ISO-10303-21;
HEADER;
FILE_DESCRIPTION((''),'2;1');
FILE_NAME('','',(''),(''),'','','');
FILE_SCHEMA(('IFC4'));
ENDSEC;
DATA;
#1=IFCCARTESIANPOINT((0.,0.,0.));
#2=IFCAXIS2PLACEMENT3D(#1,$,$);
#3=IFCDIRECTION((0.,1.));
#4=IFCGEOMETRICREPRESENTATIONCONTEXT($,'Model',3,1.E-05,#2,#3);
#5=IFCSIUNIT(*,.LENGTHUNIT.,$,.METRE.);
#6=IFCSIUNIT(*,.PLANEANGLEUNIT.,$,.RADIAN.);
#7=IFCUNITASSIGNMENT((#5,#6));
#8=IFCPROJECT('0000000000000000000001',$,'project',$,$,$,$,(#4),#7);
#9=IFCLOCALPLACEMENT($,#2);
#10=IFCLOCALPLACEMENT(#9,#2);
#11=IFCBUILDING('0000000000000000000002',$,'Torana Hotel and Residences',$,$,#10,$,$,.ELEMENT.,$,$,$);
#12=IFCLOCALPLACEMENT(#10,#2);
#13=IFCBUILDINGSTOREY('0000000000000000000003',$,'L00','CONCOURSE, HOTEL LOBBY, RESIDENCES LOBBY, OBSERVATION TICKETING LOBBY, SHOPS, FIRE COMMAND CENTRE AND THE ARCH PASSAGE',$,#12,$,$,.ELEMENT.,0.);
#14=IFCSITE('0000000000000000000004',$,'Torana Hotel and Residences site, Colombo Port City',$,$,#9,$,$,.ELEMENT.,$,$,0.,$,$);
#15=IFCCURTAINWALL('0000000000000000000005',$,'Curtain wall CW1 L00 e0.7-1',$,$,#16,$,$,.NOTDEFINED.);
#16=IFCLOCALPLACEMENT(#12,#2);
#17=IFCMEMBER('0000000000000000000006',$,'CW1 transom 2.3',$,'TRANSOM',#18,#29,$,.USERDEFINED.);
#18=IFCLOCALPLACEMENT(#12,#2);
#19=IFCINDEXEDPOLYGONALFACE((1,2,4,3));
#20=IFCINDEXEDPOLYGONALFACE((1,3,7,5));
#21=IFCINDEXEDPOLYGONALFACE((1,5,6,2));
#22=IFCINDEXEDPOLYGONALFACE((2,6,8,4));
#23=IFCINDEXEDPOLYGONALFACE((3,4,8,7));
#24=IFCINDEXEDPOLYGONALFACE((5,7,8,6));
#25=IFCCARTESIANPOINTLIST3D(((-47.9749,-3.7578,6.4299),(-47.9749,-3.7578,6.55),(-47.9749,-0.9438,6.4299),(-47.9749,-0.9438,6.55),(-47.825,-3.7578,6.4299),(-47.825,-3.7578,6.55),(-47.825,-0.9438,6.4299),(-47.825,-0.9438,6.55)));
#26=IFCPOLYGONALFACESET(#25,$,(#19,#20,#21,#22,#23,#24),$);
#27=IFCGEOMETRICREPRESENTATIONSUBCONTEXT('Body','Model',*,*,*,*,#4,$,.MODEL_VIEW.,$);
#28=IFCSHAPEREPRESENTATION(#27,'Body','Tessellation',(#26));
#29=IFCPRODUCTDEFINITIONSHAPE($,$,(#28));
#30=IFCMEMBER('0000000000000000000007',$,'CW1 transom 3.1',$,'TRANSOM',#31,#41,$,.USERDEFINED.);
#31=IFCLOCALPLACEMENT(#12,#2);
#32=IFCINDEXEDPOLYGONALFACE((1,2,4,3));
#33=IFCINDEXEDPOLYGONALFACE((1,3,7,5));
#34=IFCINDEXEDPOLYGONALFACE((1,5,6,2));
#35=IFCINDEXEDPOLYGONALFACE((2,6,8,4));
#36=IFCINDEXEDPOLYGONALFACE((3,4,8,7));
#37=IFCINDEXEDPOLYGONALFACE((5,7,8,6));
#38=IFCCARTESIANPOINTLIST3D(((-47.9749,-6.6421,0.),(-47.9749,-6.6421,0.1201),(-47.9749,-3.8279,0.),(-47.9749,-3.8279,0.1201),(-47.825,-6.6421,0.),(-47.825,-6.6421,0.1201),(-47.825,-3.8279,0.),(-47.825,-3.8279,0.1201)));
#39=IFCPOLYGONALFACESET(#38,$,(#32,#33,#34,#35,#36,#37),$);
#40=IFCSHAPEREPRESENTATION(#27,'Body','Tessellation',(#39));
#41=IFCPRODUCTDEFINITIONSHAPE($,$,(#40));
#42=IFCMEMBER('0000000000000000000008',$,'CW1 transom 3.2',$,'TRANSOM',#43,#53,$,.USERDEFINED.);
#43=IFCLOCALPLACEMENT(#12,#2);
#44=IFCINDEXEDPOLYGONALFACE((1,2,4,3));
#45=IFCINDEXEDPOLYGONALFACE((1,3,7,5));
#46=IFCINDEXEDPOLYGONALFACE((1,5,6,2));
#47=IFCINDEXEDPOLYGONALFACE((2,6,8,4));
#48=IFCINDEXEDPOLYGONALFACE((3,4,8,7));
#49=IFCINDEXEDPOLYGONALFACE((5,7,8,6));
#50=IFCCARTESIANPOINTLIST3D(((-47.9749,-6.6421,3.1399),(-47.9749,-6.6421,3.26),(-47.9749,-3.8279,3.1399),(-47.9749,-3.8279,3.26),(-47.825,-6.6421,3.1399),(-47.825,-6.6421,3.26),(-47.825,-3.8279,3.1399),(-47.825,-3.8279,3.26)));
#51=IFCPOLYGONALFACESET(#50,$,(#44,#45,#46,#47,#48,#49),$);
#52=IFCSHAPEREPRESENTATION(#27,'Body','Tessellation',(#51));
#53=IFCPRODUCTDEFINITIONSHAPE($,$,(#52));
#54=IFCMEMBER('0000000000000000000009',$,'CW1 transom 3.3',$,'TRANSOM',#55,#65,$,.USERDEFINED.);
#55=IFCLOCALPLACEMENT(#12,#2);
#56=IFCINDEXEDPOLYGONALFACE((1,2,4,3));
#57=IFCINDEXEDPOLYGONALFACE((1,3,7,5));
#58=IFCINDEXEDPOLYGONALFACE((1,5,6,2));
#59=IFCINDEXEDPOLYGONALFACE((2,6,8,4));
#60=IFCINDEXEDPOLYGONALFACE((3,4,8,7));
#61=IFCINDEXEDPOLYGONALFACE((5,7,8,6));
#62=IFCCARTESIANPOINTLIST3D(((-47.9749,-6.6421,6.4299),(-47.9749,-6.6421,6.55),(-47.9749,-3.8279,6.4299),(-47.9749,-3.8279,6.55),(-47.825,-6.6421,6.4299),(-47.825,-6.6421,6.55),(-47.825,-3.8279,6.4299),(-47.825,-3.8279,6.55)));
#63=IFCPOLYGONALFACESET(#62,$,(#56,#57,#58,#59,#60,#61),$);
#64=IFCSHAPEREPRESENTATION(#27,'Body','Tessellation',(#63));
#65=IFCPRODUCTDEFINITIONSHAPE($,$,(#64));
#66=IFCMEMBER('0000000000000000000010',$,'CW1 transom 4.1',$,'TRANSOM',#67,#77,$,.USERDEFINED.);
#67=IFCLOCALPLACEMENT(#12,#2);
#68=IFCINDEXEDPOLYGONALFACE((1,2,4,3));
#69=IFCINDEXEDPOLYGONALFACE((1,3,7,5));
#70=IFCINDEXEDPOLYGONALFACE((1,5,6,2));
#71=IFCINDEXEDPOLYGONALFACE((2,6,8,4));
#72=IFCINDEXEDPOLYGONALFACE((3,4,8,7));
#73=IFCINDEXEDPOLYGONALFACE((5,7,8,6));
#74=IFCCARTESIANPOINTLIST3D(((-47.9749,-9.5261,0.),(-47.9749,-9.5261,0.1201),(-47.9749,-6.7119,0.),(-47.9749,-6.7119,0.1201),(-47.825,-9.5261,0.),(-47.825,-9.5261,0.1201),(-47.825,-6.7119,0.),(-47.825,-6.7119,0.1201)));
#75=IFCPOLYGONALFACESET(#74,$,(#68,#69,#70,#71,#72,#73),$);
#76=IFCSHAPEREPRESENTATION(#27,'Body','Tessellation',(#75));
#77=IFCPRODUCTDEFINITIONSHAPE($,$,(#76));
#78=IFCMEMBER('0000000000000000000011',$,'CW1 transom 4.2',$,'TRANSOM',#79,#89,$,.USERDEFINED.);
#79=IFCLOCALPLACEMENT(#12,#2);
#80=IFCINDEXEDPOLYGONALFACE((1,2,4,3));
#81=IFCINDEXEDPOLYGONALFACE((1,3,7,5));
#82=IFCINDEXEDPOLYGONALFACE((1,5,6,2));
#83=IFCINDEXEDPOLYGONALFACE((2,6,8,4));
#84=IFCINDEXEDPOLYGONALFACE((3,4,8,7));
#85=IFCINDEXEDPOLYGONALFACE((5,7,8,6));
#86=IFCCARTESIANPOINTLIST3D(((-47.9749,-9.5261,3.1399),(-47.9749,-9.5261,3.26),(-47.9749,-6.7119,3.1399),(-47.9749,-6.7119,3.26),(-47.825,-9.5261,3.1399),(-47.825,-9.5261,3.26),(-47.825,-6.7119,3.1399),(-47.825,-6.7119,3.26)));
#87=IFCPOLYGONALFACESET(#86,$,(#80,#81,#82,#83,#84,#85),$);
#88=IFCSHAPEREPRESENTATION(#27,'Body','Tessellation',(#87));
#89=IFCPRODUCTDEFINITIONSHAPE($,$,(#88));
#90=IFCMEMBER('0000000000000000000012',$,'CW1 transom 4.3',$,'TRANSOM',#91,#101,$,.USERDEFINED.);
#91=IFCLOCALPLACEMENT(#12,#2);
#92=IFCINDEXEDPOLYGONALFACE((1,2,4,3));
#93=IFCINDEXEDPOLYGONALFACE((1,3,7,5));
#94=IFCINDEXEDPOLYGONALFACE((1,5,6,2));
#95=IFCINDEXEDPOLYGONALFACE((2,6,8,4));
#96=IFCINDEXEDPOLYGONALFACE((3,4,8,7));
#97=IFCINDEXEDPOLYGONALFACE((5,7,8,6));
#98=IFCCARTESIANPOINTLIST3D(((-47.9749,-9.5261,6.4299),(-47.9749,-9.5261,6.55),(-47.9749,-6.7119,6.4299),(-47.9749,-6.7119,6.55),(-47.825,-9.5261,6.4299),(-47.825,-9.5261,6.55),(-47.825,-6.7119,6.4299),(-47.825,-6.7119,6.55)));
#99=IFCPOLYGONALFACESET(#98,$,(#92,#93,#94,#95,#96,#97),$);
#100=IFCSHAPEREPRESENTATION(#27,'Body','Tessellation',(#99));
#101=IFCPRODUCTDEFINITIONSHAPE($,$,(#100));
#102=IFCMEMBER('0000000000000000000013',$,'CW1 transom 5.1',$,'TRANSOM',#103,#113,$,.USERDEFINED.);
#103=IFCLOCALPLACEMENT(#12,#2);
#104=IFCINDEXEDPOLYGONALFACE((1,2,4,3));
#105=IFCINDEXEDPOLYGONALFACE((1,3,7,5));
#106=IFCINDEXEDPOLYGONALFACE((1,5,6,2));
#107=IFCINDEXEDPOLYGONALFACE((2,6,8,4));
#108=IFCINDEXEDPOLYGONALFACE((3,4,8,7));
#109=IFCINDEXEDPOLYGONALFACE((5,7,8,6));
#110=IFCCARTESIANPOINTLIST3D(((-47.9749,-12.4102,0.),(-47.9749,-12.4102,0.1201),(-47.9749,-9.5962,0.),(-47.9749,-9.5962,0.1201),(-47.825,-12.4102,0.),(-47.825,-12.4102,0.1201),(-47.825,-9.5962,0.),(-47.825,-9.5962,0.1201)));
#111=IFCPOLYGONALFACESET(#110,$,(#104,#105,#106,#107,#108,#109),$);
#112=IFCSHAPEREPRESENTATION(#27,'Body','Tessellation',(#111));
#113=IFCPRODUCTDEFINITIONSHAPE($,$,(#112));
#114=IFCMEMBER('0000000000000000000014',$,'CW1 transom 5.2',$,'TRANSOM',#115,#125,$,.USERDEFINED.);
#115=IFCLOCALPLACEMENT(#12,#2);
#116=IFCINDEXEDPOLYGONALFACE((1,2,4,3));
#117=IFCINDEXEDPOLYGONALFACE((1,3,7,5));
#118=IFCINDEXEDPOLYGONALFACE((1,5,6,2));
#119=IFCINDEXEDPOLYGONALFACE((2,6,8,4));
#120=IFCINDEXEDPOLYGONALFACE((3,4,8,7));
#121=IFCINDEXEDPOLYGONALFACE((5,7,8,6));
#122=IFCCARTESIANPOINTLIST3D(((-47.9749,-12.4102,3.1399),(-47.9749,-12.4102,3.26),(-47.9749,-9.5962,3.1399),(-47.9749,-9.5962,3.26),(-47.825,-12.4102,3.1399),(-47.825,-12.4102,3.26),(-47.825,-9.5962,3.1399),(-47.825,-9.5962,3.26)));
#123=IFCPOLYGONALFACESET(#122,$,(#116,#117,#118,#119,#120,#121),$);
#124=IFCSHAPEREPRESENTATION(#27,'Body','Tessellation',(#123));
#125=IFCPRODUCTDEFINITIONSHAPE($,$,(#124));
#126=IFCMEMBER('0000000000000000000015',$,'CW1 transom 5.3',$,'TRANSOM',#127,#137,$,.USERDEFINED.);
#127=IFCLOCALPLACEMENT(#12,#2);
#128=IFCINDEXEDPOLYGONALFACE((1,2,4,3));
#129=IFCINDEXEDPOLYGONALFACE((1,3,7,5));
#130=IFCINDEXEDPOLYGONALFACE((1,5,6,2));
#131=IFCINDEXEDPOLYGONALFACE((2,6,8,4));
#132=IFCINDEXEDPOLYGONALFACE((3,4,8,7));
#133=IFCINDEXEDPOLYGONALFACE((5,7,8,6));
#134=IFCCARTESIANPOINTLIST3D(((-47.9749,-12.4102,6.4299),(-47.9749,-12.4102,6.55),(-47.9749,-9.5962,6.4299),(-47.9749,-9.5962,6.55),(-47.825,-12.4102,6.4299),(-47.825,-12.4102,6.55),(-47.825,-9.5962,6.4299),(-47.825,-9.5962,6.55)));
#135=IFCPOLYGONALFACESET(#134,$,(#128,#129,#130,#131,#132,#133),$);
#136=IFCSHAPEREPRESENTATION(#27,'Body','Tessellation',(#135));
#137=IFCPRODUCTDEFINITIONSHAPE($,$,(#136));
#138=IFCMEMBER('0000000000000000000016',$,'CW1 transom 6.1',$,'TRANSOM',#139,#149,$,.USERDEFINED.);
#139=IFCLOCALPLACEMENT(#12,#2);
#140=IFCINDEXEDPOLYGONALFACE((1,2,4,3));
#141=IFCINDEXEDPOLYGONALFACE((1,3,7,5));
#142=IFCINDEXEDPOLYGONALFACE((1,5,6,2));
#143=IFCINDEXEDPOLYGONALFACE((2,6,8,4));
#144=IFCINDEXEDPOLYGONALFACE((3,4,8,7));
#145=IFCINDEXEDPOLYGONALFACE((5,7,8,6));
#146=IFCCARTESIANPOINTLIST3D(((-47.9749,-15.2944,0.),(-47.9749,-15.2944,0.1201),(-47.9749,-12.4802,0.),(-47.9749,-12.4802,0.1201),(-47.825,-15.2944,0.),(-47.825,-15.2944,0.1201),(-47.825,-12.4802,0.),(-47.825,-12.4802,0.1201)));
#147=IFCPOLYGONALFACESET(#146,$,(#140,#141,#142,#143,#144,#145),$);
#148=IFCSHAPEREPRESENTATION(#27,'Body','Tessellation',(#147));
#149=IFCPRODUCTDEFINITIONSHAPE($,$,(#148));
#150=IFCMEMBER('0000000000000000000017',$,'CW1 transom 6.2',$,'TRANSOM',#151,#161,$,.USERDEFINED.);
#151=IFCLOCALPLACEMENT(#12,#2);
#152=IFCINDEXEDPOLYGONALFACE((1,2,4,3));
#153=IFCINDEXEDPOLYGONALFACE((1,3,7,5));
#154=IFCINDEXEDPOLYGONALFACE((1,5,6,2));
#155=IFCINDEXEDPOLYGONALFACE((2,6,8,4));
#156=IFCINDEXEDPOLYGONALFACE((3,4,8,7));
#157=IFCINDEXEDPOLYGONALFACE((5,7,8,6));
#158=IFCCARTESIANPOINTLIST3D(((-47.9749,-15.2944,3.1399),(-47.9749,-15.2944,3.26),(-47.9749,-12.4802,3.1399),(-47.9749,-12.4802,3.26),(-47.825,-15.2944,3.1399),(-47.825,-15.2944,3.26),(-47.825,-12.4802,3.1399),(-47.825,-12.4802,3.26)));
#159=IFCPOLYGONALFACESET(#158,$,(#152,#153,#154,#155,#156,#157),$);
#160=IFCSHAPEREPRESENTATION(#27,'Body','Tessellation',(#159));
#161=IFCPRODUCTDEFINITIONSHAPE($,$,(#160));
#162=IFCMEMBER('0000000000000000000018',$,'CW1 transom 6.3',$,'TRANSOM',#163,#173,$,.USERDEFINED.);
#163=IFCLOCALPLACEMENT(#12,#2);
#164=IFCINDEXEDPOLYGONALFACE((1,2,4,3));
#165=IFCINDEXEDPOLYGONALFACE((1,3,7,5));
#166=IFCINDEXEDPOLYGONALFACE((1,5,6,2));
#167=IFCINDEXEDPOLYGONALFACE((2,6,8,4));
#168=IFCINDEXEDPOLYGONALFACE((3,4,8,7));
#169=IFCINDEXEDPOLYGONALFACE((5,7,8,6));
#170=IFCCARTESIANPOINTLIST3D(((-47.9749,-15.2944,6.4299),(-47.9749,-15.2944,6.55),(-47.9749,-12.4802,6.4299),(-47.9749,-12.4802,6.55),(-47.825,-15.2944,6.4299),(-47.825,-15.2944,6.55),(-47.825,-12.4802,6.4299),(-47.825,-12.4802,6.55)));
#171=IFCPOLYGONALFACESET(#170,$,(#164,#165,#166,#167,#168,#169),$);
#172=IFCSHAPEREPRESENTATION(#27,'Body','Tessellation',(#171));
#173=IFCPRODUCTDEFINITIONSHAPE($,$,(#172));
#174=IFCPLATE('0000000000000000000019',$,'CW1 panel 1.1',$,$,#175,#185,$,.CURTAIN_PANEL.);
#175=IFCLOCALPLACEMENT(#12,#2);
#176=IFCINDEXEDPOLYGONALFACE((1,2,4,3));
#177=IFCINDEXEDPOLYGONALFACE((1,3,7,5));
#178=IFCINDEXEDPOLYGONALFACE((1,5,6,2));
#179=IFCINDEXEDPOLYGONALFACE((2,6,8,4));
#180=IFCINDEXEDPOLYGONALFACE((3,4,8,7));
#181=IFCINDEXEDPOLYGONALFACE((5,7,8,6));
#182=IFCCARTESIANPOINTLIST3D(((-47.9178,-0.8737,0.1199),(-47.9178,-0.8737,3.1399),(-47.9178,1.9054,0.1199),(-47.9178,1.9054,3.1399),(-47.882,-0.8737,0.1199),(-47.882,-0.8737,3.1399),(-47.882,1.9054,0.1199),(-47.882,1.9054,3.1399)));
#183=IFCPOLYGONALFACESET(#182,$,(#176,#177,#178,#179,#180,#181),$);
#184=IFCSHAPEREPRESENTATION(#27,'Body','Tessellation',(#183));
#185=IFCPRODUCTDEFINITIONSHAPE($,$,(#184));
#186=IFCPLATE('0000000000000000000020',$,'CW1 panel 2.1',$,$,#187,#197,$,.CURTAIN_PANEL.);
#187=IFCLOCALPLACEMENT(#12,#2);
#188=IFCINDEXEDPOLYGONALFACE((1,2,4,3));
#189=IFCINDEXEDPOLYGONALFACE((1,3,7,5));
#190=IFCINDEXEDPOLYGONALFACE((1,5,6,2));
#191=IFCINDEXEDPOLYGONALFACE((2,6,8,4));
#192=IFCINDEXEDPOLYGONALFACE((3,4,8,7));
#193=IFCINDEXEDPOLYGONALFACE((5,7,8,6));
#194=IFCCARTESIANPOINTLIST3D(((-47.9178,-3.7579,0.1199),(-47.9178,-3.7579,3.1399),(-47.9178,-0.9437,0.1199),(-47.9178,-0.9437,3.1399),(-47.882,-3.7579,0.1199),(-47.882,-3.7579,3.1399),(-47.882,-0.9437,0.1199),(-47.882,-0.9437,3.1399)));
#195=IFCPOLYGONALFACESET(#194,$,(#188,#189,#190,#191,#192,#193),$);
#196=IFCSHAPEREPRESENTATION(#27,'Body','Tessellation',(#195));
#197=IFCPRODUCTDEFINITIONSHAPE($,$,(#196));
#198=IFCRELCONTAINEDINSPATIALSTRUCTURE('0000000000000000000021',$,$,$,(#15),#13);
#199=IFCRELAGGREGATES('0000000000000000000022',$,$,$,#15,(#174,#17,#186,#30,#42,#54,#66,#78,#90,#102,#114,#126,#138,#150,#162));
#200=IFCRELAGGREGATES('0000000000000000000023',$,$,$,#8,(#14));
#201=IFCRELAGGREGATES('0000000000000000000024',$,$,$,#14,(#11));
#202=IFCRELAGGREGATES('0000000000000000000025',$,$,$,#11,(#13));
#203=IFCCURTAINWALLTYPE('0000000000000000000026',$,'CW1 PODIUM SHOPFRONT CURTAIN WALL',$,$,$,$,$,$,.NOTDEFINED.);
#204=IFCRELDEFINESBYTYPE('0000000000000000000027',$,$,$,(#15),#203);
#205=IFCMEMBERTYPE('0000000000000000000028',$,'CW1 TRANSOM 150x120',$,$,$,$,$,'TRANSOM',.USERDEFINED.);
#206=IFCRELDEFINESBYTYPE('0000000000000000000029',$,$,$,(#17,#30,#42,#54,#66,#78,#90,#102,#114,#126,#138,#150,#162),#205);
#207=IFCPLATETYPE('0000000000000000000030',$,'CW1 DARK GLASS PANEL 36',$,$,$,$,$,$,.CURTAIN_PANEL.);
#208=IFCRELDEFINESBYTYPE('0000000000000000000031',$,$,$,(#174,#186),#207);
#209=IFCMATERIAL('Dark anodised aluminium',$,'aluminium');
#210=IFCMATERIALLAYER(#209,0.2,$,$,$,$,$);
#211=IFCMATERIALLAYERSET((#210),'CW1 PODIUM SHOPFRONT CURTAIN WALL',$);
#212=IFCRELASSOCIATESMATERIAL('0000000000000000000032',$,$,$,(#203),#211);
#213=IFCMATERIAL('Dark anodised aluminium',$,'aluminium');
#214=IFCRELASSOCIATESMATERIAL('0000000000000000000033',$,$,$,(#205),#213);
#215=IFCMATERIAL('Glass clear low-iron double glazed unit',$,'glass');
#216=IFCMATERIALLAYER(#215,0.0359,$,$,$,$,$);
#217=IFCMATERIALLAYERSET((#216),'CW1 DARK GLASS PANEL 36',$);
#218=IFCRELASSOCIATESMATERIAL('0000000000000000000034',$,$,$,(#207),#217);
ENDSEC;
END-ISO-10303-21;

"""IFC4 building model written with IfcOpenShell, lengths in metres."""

from ifc_helpers import new_model, si_unit, direction, frame, origin, origin_2d, place, context, subcontext, project, spatial, rectangle, extrude, material, layer, layer_set, material_profile, profile_set, type_object, element, aggregate, save


model = new_model("IFC4")

# Units and contexts
model_context = context("Model", 3, precision=1e-05, world=origin(), true_north=direction((0.0, 1.0)))
body_context = subcontext(model_context, "Body", "Model", "MODEL_VIEW")
ifc_project = project(units=[si_unit("LENGTHUNIT", "METRE"), si_unit("PLANEANGLEUNIT", "RADIAN")], contexts=[model_context])

# Site, building, storey
site_placement = place(None, origin())
site = spatial("IfcSite", under=ifc_project, at=site_placement, Name="Torana Hotel and Residences site, Colombo Port City", CompositionType="ELEMENT", RefElevation=0.0)
building_placement = place(site_placement, origin())
building = spatial("IfcBuilding", under=site, at=building_placement, Name="Torana Hotel and Residences", CompositionType="ELEMENT")
storey_placement = place(building_placement, origin())
storey = spatial("IfcBuildingStorey", under=building, at=storey_placement, Name="L00", Description="CONCOURSE, HOTEL LOBBY, RESIDENCES LOBBY, OBSERVATION TICKETING LOBBY, SHOPS, FIRE COMMAND CENTRE AND THE ARCH PASSAGE", CompositionType="ELEMENT", Elevation=0.0)

# Curtain wall, members, plates
ifc_material_1 = material(Name="Dark anodised aluminium", Category="aluminium")
ifc_layer_1 = layer(ifc_material_1, 0.2)
ifc_layer_set_1 = layer_set([ifc_layer_1], Name="CW1 PODIUM SHOPFRONT CURTAIN WALL")
curtain_wall_type = type_object("IfcCurtainWallType", Name="CW1 PODIUM SHOPFRONT CURTAIN WALL", PredefinedType="NOTDEFINED", material=ifc_layer_set_1)
curtain_wall_placement = place(storey_placement, origin())
curtain_wall = element("IfcCurtainWall", 1, at=curtain_wall_placement, inside=storey, type_object=curtain_wall_type, Name="Curtain wall CW1 L00 e0.7-1", PredefinedType="NOTDEFINED")
ifc_material_2 = material(Name="Dark anodised aluminium", Category="aluminium")
ifc_material_profile_1 = material_profile(ifc_material_2, rectangle(XDim=0.1499, YDim=0.1201, at=origin_2d()), Name="CW1 TRANSOM 150x120")
ifc_profile_set_1 = profile_set([ifc_material_profile_1], Name="Dark anodised aluminium")
member_type_1 = type_object("IfcMemberType", Name="CW1 TRANSOM 150x120", ElementType="TRANSOM", PredefinedType="USERDEFINED", material=ifc_profile_set_1)
member_1_placement = place(storey_placement, frame((-47.8999, -0.9438, 6.49), z_axis=(0.0, -1.0, 0.0), x_axis=(1.0, 0.0, 0.0)))
member_1 = element("IfcMember", 2, at=member_1_placement, type_object=member_type_1, Name="CW1 transom 2.3", ObjectType="TRANSOM", PredefinedType="USERDEFINED", context=body_context, shape_type="SweptSolid", body=[
    extrude(rectangle(XDim=0.1499, YDim=0.1201, at=origin_2d()), origin(), (0.0, 0.0, 1.0), 2.814),
])
member_2_placement = place(storey_placement, frame((-47.8999, -3.8279, 0.0601), z_axis=(0.0, -1.0, 0.0), x_axis=(1.0, 0.0, 0.0)))
member_2 = element("IfcMember", 3, at=member_2_placement, type_object=member_type_1, Name="CW1 transom 3.1", ObjectType="TRANSOM", PredefinedType="USERDEFINED", context=body_context, shape_type="SweptSolid", body=[
    extrude(rectangle(XDim=0.1499, YDim=0.1201, at=origin_2d()), origin(), (0.0, 0.0, 1.0), 2.8142),
])
member_3_placement = place(storey_placement, frame((-47.8999, -3.8279, 3.2), z_axis=(0.0, -1.0, 0.0), x_axis=(1.0, 0.0, 0.0)))
member_3 = element("IfcMember", 4, at=member_3_placement, type_object=member_type_1, Name="CW1 transom 3.2", ObjectType="TRANSOM", PredefinedType="USERDEFINED", context=body_context, shape_type="SweptSolid", body=[
    extrude(rectangle(XDim=0.1499, YDim=0.1201, at=origin_2d()), origin(), (0.0, 0.0, 1.0), 2.8142),
])
member_4_placement = place(storey_placement, frame((-47.8999, -3.8279, 6.49), z_axis=(0.0, -1.0, 0.0), x_axis=(1.0, 0.0, 0.0)))
member_4 = element("IfcMember", 5, at=member_4_placement, type_object=member_type_1, Name="CW1 transom 3.3", ObjectType="TRANSOM", PredefinedType="USERDEFINED", context=body_context, shape_type="SweptSolid", body=[
    extrude(rectangle(XDim=0.1499, YDim=0.1201, at=origin_2d()), origin(), (0.0, 0.0, 1.0), 2.8142),
])
member_5_placement = place(storey_placement, frame((-47.8999, -6.7119, 0.0601), z_axis=(0.0, -1.0, 0.0), x_axis=(1.0, 0.0, 0.0)))
member_5 = element("IfcMember", 6, at=member_5_placement, type_object=member_type_1, Name="CW1 transom 4.1", ObjectType="TRANSOM", PredefinedType="USERDEFINED", context=body_context, shape_type="SweptSolid", body=[
    extrude(rectangle(XDim=0.1499, YDim=0.1201, at=origin_2d()), origin(), (0.0, 0.0, 1.0), 2.8142),
])
member_6_placement = place(storey_placement, frame((-47.8999, -6.7119, 3.2), z_axis=(0.0, -1.0, 0.0), x_axis=(1.0, 0.0, 0.0)))
member_6 = element("IfcMember", 7, at=member_6_placement, type_object=member_type_1, Name="CW1 transom 4.2", ObjectType="TRANSOM", PredefinedType="USERDEFINED", context=body_context, shape_type="SweptSolid", body=[
    extrude(rectangle(XDim=0.1499, YDim=0.1201, at=origin_2d()), origin(), (0.0, 0.0, 1.0), 2.8142),
])
member_7_placement = place(storey_placement, frame((-47.8999, -6.7119, 6.49), z_axis=(0.0, -1.0, 0.0), x_axis=(1.0, 0.0, 0.0)))
member_7 = element("IfcMember", 8, at=member_7_placement, type_object=member_type_1, Name="CW1 transom 4.3", ObjectType="TRANSOM", PredefinedType="USERDEFINED", context=body_context, shape_type="SweptSolid", body=[
    extrude(rectangle(XDim=0.1499, YDim=0.1201, at=origin_2d()), origin(), (0.0, 0.0, 1.0), 2.8142),
])
member_8_placement = place(storey_placement, frame((-47.8999, -9.5962, 0.0601), z_axis=(0.0, -1.0, 0.0), x_axis=(1.0, 0.0, 0.0)))
member_8 = element("IfcMember", 9, at=member_8_placement, type_object=member_type_1, Name="CW1 transom 5.1", ObjectType="TRANSOM", PredefinedType="USERDEFINED", context=body_context, shape_type="SweptSolid", body=[
    extrude(rectangle(XDim=0.1499, YDim=0.1201, at=origin_2d()), origin(), (0.0, 0.0, 1.0), 2.814),
])
member_9_placement = place(storey_placement, frame((-47.8999, -9.5962, 3.2), z_axis=(0.0, -1.0, 0.0), x_axis=(1.0, 0.0, 0.0)))
member_9 = element("IfcMember", 10, at=member_9_placement, type_object=member_type_1, Name="CW1 transom 5.2", ObjectType="TRANSOM", PredefinedType="USERDEFINED", context=body_context, shape_type="SweptSolid", body=[
    extrude(rectangle(XDim=0.1499, YDim=0.1201, at=origin_2d()), origin(), (0.0, 0.0, 1.0), 2.814),
])
member_10_placement = place(storey_placement, frame((-47.8999, -9.5962, 6.49), z_axis=(0.0, -1.0, 0.0), x_axis=(1.0, 0.0, 0.0)))
member_10 = element("IfcMember", 11, at=member_10_placement, type_object=member_type_1, Name="CW1 transom 5.3", ObjectType="TRANSOM", PredefinedType="USERDEFINED", context=body_context, shape_type="SweptSolid", body=[
    extrude(rectangle(XDim=0.1499, YDim=0.1201, at=origin_2d()), origin(), (0.0, 0.0, 1.0), 2.814),
])
member_11_placement = place(storey_placement, frame((-47.8999, -12.4802, 0.0601), z_axis=(0.0, -1.0, 0.0), x_axis=(1.0, 0.0, 0.0)))
member_11 = element("IfcMember", 12, at=member_11_placement, type_object=member_type_1, Name="CW1 transom 6.1", ObjectType="TRANSOM", PredefinedType="USERDEFINED", context=body_context, shape_type="SweptSolid", body=[
    extrude(rectangle(XDim=0.1499, YDim=0.1201, at=origin_2d()), origin(), (0.0, 0.0, 1.0), 2.8142),
])
member_12_placement = place(storey_placement, frame((-47.8999, -12.4802, 3.2), z_axis=(0.0, -1.0, 0.0), x_axis=(1.0, 0.0, 0.0)))
member_12 = element("IfcMember", 13, at=member_12_placement, type_object=member_type_1, Name="CW1 transom 6.2", ObjectType="TRANSOM", PredefinedType="USERDEFINED", context=body_context, shape_type="SweptSolid", body=[
    extrude(rectangle(XDim=0.1499, YDim=0.1201, at=origin_2d()), origin(), (0.0, 0.0, 1.0), 2.8142),
])
member_13_placement = place(storey_placement, frame((-47.8999, -12.4802, 6.49), z_axis=(0.0, -1.0, 0.0), x_axis=(1.0, 0.0, 0.0)))
member_13 = element("IfcMember", 14, at=member_13_placement, type_object=member_type_1, Name="CW1 transom 6.3", ObjectType="TRANSOM", PredefinedType="USERDEFINED", context=body_context, shape_type="SweptSolid", body=[
    extrude(rectangle(XDim=0.1499, YDim=0.1201, at=origin_2d()), origin(), (0.0, 0.0, 1.0), 2.8142),
])
ifc_material_3 = material(Name="Glass clear low-iron double glazed unit", Category="glass")
ifc_layer_2 = layer(ifc_material_3, 0.0359)
ifc_layer_set_2 = layer_set([ifc_layer_2], Name="CW1 DARK GLASS PANEL 36")
plate_type = type_object("IfcPlateType", Name="CW1 DARK GLASS PANEL 36", PredefinedType="CURTAIN_PANEL", material=ifc_layer_set_2)
plate_1_placement = place(storey_placement, frame((-47.8999, 0.5159, 0.1199), z_axis=(0.0, 0.0, 1.0), x_axis=(0.0, -1.0, 0.0)))
plate_1 = element("IfcPlate", 15, at=plate_1_placement, type_object=plate_type, Name="CW1 panel 1.1", PredefinedType="CURTAIN_PANEL", context=body_context, shape_type="SweptSolid", body=[
    extrude(rectangle(XDim=2.7791, YDim=0.0359, at=origin_2d()), origin(), (0.0, 0.0, 1.0), 3.02),
])
plate_2_placement = place(storey_placement, frame((-47.8999, -2.3508, 0.1199), z_axis=(0.0, 0.0, 1.0), x_axis=(0.0, -1.0, 0.0)))
plate_2 = element("IfcPlate", 16, at=plate_2_placement, type_object=plate_type, Name="CW1 panel 2.1", PredefinedType="CURTAIN_PANEL", context=body_context, shape_type="SweptSolid", body=[
    extrude(rectangle(XDim=2.8142, YDim=0.0359, at=origin_2d()), origin(), (0.0, 0.0, 1.0), 3.02),
])
aggregate(curtain_wall, [plate_1, member_1, plate_2, member_2, member_3, member_4, member_5, member_6, member_7, member_8, member_9, member_10, member_11, member_12, member_13])

save(model, "model.ifc")
